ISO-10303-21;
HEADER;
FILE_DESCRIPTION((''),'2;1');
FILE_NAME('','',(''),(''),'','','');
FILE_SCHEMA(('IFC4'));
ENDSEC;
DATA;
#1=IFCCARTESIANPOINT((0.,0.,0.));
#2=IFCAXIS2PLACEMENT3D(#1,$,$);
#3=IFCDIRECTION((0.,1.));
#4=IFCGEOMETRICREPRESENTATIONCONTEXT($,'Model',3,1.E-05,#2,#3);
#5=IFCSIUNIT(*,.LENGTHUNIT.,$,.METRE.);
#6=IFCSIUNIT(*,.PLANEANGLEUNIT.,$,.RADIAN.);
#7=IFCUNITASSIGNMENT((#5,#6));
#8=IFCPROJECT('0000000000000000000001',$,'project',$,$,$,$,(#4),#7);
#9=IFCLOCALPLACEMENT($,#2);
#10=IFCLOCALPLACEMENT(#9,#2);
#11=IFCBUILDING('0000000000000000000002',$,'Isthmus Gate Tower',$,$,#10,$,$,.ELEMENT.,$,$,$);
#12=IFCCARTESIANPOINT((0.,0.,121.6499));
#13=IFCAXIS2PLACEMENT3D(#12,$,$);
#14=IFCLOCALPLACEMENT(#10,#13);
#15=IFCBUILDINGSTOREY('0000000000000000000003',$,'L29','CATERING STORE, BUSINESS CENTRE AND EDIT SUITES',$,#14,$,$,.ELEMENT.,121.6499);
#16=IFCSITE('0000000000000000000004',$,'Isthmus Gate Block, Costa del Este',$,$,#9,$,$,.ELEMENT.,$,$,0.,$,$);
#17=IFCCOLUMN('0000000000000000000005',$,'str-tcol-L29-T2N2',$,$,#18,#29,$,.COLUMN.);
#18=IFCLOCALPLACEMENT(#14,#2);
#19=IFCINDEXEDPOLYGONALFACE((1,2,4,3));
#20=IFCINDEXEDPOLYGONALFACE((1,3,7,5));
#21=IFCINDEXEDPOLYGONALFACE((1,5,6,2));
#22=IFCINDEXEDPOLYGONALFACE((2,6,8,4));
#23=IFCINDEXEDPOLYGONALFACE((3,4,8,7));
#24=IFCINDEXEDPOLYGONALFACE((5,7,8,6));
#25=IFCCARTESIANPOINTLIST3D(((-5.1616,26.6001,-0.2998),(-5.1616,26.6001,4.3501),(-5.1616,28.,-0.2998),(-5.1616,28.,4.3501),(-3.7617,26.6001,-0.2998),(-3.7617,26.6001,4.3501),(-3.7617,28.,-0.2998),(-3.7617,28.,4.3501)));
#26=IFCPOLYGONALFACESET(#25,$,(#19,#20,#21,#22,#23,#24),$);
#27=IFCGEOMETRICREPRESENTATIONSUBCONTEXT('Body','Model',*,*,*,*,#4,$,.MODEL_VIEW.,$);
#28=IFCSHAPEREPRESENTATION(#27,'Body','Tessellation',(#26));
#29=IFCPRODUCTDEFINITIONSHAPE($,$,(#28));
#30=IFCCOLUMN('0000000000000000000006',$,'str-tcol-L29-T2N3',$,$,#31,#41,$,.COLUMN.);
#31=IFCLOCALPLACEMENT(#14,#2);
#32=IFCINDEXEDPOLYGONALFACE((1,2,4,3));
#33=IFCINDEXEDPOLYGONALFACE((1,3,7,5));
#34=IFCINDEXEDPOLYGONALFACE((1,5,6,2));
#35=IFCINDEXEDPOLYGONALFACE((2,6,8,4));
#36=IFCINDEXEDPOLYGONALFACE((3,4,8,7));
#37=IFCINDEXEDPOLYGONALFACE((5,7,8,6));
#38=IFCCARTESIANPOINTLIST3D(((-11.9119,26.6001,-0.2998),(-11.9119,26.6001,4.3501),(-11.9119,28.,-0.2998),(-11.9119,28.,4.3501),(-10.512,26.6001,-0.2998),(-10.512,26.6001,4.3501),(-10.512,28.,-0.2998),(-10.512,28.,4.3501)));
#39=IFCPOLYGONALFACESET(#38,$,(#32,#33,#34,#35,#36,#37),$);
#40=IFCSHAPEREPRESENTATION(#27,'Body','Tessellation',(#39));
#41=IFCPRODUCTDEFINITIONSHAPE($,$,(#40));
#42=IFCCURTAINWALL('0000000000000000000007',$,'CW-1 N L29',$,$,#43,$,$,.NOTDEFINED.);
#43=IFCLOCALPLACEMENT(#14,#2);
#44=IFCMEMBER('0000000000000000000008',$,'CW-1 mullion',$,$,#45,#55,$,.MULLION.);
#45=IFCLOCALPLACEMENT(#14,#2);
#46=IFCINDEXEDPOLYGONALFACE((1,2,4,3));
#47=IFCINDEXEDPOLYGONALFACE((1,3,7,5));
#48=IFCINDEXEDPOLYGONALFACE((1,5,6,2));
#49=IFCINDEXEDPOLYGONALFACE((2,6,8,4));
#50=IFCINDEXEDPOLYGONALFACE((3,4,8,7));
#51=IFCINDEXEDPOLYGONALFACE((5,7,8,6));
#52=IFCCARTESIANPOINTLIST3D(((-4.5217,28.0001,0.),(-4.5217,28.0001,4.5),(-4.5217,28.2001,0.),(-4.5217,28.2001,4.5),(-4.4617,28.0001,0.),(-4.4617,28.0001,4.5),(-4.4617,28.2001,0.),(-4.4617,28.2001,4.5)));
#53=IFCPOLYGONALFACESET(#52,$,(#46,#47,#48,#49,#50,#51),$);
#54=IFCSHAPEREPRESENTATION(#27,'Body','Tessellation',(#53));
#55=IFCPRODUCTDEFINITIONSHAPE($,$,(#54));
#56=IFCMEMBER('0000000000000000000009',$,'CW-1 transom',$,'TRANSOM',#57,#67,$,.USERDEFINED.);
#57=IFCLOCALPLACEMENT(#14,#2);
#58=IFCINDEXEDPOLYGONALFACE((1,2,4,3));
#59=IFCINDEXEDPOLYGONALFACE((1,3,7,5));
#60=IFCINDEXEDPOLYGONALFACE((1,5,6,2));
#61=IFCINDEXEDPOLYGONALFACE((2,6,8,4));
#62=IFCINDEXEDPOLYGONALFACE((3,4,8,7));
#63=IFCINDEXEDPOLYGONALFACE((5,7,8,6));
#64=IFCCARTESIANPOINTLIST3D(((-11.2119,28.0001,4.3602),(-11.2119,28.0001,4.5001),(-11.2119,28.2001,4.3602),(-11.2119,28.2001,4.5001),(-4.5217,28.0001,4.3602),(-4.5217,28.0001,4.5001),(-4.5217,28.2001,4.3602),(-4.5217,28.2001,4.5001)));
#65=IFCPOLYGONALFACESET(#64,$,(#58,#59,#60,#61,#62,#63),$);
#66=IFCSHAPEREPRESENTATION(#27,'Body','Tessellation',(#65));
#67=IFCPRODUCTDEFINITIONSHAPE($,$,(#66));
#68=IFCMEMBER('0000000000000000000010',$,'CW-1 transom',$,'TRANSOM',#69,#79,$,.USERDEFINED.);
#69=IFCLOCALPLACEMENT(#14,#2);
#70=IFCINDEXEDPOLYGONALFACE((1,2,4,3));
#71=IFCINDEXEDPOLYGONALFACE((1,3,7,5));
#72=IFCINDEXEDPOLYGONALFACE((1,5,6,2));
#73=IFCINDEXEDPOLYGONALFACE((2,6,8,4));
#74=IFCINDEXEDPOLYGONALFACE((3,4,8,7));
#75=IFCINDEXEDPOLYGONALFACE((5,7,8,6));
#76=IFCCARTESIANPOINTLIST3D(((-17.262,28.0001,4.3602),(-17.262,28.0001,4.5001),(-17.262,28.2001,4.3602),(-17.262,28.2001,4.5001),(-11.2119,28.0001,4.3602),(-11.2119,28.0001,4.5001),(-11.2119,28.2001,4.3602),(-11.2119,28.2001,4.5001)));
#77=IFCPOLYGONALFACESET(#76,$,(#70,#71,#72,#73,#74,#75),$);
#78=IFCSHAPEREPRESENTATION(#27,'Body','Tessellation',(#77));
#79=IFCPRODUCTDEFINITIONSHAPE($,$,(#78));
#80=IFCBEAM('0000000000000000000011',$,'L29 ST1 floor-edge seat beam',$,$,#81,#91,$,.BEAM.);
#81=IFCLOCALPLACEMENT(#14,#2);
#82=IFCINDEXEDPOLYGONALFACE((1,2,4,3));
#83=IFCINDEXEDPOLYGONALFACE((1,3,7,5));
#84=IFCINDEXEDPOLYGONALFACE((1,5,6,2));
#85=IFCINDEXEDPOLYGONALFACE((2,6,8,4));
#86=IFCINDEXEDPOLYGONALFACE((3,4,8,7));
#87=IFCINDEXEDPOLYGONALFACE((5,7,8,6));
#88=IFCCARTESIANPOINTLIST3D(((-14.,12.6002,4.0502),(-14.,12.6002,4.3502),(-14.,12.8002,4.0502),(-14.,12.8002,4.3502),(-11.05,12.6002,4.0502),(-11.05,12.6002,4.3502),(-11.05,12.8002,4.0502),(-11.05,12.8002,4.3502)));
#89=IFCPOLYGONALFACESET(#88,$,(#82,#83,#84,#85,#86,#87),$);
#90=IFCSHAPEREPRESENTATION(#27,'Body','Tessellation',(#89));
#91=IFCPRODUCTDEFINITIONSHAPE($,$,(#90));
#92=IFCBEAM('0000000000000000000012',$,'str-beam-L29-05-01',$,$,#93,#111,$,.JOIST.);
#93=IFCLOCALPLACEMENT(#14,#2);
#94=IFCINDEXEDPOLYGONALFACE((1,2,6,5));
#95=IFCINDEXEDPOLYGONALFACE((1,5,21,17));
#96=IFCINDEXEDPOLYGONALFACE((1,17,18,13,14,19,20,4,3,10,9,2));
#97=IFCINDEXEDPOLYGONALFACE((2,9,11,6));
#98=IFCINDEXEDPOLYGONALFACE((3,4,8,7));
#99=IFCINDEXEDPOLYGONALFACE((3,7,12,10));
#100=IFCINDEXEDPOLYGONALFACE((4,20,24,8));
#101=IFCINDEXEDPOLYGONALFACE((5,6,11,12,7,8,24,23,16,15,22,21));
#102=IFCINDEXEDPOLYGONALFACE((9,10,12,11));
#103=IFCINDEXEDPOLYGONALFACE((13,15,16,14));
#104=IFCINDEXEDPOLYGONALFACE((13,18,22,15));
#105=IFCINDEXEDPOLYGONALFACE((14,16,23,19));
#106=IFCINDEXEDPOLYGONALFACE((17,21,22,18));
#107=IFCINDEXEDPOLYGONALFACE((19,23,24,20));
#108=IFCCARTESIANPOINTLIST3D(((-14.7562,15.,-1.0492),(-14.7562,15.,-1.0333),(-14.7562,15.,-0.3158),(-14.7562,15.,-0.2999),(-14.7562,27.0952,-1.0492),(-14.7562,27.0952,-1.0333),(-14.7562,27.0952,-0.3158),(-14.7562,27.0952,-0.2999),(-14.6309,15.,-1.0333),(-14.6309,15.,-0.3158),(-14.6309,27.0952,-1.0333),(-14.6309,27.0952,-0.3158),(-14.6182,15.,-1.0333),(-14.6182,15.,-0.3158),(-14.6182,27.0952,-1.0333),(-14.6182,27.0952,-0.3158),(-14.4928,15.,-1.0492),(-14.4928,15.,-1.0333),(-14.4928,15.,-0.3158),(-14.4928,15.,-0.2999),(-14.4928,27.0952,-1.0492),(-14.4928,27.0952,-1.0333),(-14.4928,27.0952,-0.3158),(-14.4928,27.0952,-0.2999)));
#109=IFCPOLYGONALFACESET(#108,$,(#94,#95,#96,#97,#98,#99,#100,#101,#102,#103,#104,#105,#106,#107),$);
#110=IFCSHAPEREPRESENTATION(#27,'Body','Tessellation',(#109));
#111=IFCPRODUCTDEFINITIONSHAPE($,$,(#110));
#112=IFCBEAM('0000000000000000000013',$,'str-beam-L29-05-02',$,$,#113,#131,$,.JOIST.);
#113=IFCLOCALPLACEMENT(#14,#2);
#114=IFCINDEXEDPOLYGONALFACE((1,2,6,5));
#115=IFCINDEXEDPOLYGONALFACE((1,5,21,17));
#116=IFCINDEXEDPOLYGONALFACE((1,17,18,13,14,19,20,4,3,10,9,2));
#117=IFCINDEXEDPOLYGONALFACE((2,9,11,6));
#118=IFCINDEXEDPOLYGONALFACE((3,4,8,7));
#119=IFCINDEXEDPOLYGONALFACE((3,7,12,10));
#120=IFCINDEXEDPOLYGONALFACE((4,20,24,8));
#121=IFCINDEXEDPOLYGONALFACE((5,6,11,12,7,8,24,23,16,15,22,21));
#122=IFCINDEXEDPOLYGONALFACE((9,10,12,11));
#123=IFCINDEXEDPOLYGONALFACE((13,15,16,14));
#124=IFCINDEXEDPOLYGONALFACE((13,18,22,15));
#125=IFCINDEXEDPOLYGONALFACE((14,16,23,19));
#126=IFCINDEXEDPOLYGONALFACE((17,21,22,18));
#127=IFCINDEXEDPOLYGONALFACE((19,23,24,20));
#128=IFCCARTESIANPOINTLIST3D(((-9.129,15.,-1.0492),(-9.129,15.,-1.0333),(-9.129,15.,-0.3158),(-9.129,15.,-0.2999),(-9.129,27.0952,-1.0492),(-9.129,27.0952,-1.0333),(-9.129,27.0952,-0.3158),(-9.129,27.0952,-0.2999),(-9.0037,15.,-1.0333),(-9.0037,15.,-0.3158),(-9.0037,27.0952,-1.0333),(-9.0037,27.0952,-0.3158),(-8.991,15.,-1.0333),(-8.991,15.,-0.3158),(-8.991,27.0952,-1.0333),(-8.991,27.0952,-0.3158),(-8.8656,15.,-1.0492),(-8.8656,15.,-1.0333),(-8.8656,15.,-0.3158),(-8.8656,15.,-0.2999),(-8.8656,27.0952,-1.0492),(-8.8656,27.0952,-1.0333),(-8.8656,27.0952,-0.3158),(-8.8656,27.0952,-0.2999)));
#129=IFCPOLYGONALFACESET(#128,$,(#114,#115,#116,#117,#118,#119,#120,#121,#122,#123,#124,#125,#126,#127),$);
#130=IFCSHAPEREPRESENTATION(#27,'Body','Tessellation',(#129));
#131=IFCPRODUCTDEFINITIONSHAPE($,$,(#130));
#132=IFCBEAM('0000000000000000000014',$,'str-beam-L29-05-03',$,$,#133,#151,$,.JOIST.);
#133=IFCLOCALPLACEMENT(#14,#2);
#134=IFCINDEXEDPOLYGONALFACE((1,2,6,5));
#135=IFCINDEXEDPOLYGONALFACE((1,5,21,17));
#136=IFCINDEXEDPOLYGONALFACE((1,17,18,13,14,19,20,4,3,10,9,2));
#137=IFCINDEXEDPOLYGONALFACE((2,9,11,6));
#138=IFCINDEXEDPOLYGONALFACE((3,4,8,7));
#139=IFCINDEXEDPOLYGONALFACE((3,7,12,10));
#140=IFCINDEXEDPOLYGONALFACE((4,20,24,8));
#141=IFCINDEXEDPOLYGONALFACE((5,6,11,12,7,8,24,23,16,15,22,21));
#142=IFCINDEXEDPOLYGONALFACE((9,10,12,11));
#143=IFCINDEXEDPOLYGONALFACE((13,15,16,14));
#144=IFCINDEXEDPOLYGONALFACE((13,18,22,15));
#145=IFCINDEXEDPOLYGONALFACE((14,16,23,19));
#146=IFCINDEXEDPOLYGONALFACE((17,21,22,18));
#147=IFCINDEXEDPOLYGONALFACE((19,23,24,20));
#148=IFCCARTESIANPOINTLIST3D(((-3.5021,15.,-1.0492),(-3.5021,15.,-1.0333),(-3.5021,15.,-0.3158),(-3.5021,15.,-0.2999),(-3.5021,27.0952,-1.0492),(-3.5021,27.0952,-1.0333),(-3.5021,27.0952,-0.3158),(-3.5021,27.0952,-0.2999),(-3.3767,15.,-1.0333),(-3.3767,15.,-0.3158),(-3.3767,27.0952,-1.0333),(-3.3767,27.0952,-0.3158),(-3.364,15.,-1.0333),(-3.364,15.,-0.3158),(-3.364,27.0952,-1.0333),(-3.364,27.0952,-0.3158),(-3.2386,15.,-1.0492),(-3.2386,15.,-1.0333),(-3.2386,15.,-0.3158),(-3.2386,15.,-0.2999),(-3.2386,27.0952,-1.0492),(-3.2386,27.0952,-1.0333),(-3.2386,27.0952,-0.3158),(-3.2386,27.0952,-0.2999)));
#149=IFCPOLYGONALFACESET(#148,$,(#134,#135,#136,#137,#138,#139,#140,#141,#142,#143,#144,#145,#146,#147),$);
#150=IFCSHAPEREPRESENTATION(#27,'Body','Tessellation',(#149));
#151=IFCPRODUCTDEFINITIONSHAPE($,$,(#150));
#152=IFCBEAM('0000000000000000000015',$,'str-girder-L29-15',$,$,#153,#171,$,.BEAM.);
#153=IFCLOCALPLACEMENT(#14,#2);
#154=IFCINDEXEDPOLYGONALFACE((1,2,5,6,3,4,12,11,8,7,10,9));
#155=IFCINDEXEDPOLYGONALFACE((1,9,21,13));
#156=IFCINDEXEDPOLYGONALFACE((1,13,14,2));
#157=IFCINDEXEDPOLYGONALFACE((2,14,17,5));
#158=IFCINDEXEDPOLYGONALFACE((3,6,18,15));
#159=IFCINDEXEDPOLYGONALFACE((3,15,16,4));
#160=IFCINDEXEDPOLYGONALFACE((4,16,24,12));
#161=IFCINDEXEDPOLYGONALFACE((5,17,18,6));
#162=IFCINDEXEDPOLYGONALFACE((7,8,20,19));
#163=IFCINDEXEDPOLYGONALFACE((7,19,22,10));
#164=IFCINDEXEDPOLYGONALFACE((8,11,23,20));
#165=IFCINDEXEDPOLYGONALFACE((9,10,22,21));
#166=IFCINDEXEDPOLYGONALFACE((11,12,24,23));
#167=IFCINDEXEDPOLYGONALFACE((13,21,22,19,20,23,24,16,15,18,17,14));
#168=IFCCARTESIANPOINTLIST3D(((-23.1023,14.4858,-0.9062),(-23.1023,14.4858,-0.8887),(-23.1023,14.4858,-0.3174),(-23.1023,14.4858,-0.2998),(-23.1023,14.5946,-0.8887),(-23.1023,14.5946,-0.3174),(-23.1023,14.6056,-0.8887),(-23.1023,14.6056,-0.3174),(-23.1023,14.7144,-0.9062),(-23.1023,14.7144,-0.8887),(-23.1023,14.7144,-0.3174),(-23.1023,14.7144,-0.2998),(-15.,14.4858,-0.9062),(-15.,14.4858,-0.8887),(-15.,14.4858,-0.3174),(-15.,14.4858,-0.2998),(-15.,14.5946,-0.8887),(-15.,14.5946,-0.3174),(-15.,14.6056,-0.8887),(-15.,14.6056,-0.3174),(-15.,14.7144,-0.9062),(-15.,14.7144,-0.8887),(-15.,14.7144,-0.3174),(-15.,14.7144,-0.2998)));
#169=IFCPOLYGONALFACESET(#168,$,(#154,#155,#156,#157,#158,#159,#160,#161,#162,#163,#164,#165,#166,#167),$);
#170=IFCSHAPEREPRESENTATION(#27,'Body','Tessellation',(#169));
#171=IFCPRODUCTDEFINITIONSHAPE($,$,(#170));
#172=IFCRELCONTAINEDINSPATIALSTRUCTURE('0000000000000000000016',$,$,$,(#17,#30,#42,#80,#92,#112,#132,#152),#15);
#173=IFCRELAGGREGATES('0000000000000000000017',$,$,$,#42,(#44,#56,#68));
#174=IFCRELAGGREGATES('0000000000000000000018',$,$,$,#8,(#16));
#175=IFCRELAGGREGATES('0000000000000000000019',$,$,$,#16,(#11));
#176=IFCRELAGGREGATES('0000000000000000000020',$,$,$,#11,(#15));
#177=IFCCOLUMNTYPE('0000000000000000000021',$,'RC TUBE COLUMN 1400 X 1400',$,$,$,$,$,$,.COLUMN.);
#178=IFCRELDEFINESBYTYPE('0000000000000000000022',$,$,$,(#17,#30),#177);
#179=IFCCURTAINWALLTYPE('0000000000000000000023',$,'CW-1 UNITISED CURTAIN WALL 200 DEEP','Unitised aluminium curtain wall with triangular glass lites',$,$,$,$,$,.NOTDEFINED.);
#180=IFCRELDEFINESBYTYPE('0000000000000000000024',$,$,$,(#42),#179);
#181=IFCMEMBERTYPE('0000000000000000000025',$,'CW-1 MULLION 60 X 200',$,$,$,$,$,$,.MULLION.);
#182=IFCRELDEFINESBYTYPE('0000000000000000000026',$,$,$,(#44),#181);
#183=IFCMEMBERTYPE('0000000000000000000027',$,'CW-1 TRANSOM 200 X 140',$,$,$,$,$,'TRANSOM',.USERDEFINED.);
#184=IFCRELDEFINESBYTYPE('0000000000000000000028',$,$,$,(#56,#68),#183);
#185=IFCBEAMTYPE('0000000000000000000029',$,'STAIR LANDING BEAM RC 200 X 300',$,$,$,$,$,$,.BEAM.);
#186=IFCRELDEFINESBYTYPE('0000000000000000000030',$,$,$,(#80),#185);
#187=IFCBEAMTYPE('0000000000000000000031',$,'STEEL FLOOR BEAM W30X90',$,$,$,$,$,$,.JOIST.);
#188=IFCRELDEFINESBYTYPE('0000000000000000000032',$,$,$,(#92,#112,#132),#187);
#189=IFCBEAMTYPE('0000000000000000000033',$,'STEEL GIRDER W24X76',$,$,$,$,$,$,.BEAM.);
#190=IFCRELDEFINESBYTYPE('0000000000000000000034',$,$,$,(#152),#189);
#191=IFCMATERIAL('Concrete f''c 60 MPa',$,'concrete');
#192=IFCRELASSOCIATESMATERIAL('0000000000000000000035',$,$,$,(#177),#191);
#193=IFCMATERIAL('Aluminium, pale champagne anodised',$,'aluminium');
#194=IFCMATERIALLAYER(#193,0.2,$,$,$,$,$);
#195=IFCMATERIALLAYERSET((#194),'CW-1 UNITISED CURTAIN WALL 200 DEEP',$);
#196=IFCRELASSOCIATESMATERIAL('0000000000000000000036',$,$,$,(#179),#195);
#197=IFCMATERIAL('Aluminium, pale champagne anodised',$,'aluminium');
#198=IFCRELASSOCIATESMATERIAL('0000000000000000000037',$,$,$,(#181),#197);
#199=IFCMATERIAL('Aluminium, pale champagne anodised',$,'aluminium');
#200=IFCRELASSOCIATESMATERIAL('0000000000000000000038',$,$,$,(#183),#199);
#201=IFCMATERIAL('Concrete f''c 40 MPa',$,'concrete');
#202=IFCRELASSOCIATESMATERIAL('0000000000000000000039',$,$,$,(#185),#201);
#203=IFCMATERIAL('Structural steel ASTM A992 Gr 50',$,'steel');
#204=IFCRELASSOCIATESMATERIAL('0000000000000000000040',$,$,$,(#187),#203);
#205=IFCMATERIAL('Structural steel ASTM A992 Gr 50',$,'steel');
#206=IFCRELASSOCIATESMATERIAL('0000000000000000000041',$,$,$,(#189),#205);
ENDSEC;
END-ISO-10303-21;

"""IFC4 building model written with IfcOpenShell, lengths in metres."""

from ifc_helpers import new_model, si_unit, direction, frame, origin, origin_2d, place, context, subcontext, project, spatial, rectangle, i_section, extrude, material, layer, layer_set, material_profile, profile_set, type_object, element, aggregate, save


model = new_model("IFC4")

# Units and contexts
model_context = context("Model", 3, precision=1e-05, world=origin(), true_north=direction((0.0, 1.0)))
body_context = subcontext(model_context, "Body", "Model", "MODEL_VIEW")
ifc_project = project(units=[si_unit("LENGTHUNIT", "METRE"), si_unit("PLANEANGLEUNIT", "RADIAN")], contexts=[model_context])

# Site, building, storey
site_placement = place(None, origin())
site = spatial("IfcSite", under=ifc_project, at=site_placement, Name="Isthmus Gate Block, Costa del Este", CompositionType="ELEMENT", RefElevation=0.0)
building_placement = place(site_placement, origin())
building = spatial("IfcBuilding", under=site, at=building_placement, Name="Isthmus Gate Tower", CompositionType="ELEMENT")
storey_placement = place(building_placement, frame((0.0, 0.0, 121.6499)))
storey = spatial("IfcBuildingStorey", under=building, at=storey_placement, Name="L29", Description="CATERING STORE, BUSINESS CENTRE AND EDIT SUITES", CompositionType="ELEMENT", Elevation=121.6499)

# Columns
ifc_material_1 = material(Name="Concrete f'c 60 MPa", Category="concrete")
ifc_material_profile_1 = material_profile(ifc_material_1, rectangle(XDim=1.3999, YDim=1.3999, at=origin_2d()), Name="RC 1400X1400")
ifc_profile_set_1 = profile_set([ifc_material_profile_1], Name="Concrete f'c 60 MPa")
column_type = type_object("IfcColumnType", Name="RC TUBE COLUMN 1400 X 1400", PredefinedType="COLUMN", material=ifc_profile_set_1)
for number, where, z_axis, x_axis, name in (
    (1, (-4.4617, 27.3, -0.2998), (0.0, 0.0, 1.0), (-1.0, 0.0, 0.0), "str-tcol-L29-T2N2"),
    (2, (-11.2119, 27.3, -0.2998), (0.0, 0.0, 1.0), (-1.0, 0.0, 0.0), "str-tcol-L29-T2N3"),
):
    element("IfcColumn", number, at=place(storey_placement, frame(where, z_axis=z_axis, x_axis=x_axis)), inside=storey, type_object=column_type, Name=name, PredefinedType="COLUMN", context=body_context, shape_type="SweptSolid", body=[
        extrude(rectangle(XDim=1.3999, YDim=1.3999, at=origin_2d()), origin(), (0.0, 0.0, 1.0), 4.6499),
    ])

# Curtain wall, members
ifc_material_2 = material(Name="Aluminium, pale champagne anodised", Category="aluminium")
ifc_layer_1 = layer(ifc_material_2, 0.2)
ifc_layer_set_1 = layer_set([ifc_layer_1], Name="CW-1 UNITISED CURTAIN WALL 200 DEEP")
curtain_wall_type = type_object("IfcCurtainWallType", Name="CW-1 UNITISED CURTAIN WALL 200 DEEP", Description="Unitised aluminium curtain wall with triangular glass lites", PredefinedType="NOTDEFINED", material=ifc_layer_set_1)
curtain_wall_placement = place(storey_placement, origin())
curtain_wall = element("IfcCurtainWall", 3, at=curtain_wall_placement, inside=storey, type_object=curtain_wall_type, Name="CW-1 N L29", PredefinedType="NOTDEFINED")
ifc_material_3 = material(Name="Aluminium, pale champagne anodised", Category="aluminium")
ifc_material_profile_2 = material_profile(ifc_material_3, rectangle(XDim=0.0601, YDim=0.2, at=origin_2d()), Name="60x200")
ifc_profile_set_2 = profile_set([ifc_material_profile_2], Name="Aluminium, pale champagne anodised")
member_type_1 = type_object("IfcMemberType", Name="CW-1 MULLION 60 X 200", PredefinedType="MULLION", material=ifc_profile_set_2)
member_1_placement = place(storey_placement, frame((-4.4917, 28.1001, 0.0), z_axis=(0.0, 0.0, 1.0), x_axis=(-1.0, 0.0, 0.0)))
member_1 = element("IfcMember", 4, at=member_1_placement, type_object=member_type_1, Name="CW-1 mullion", PredefinedType="MULLION", context=body_context, shape_type="SweptSolid", body=[
    extrude(rectangle(XDim=0.0601, YDim=0.2, at=origin_2d()), origin(), (0.0, 0.0, 1.0), 4.5),
])
ifc_material_4 = material(Name="Aluminium, pale champagne anodised", Category="aluminium")
ifc_material_profile_3 = material_profile(ifc_material_4, rectangle(XDim=0.2, YDim=0.1399, at=origin_2d()), Name="200x140")
ifc_profile_set_3 = profile_set([ifc_material_profile_3], Name="Aluminium, pale champagne anodised")
member_type_2 = type_object("IfcMemberType", Name="CW-1 TRANSOM 200 X 140", ElementType="TRANSOM", PredefinedType="USERDEFINED", material=ifc_profile_set_3)
member_2_placement = place(storey_placement, frame((-4.5217, 28.1001, 4.4302), z_axis=(-1.0, 0.0, 0.0), x_axis=(0.0, -1.0, 0.0)))
member_2 = element("IfcMember", 5, at=member_2_placement, type_object=member_type_2, Name="CW-1 transom", ObjectType="TRANSOM", PredefinedType="USERDEFINED", context=body_context, shape_type="SweptSolid", body=[
    extrude(rectangle(XDim=0.2, YDim=0.1399, at=origin_2d()), origin(), (0.0, 0.0, 1.0), 6.6902),
])
member_3_placement = place(storey_placement, frame((-11.2119, 28.1001, 4.4302), z_axis=(-1.0, 0.0, 0.0), x_axis=(0.0, -1.0, 0.0)))
member_3 = element("IfcMember", 6, at=member_3_placement, type_object=member_type_2, Name="CW-1 transom", ObjectType="TRANSOM", PredefinedType="USERDEFINED", context=body_context, shape_type="SweptSolid", body=[
    extrude(rectangle(XDim=0.2, YDim=0.1399, at=origin_2d()), origin(), (0.0, 0.0, 1.0), 6.05),
])

# Beams
ifc_material_5 = material(Name="Concrete f'c 40 MPa", Category="concrete")
ifc_material_profile_4 = material_profile(ifc_material_5, rectangle(XDim=0.2, YDim=0.3, at=origin_2d()), Name="STAIR LANDING BEAM RC 200 X 300")
ifc_profile_set_4 = profile_set([ifc_material_profile_4], Name="Concrete f'c 40 MPa")
beam_type_1 = type_object("IfcBeamType", Name="STAIR LANDING BEAM RC 200 X 300", PredefinedType="BEAM", material=ifc_profile_set_4)
beam_1_placement = place(storey_placement, frame((-14.0, 12.7002, 4.2002), z_axis=(1.0, 0.0, 0.0), x_axis=(0.0, 1.0, 0.0)))
element("IfcBeam", 7, at=beam_1_placement, inside=storey, type_object=beam_type_1, Name="L29 ST1 floor-edge seat beam", PredefinedType="BEAM", context=body_context, shape_type="SweptSolid", body=[
    extrude(rectangle(XDim=0.2, YDim=0.3, at=origin_2d()), origin(), (0.0, 0.0, 1.0), 2.95),
])
ifc_material_6 = material(Name="Structural steel ASTM A992 Gr 50", Category="steel")
ifc_material_profile_5 = material_profile(ifc_material_6, i_section(OverallWidth=0.2634, OverallDepth=0.7493, WebThickness=0.0127, FlangeThickness=0.0159, at=origin_2d()), Name="W30X90")
ifc_profile_set_5 = profile_set([ifc_material_profile_5], Name="Structural steel ASTM A992 Gr 50")
beam_type_2 = type_object("IfcBeamType", Name="STEEL FLOOR BEAM W30X90", PredefinedType="JOIST", material=ifc_profile_set_5)
for number, where, z_axis, x_axis, name in (
    (8, (-14.6245, 15.0, -0.6746), (0.0, 1.0, 0.0), (-1.0, 0.0, 0.0), "str-beam-L29-05-01"),
    (9, (-8.9973, 15.0, -0.6746), (0.0, 1.0, 0.0), (-1.0, 0.0, 0.0), "str-beam-L29-05-02"),
    (10, (-3.3704, 15.0, -0.6746), (0.0, 1.0, 0.0), (-1.0, 0.0, 0.0), "str-beam-L29-05-03"),
):
    element("IfcBeam", number, at=place(storey_placement, frame(where, z_axis=z_axis, x_axis=x_axis)), inside=storey, type_object=beam_type_2, Name=name, PredefinedType="JOIST", context=body_context, shape_type="SweptSolid", body=[
        extrude(i_section(OverallWidth=0.2634, OverallDepth=0.7493, WebThickness=0.0127, FlangeThickness=0.0159, at=origin_2d()), origin(), (0.0, 0.0, 1.0), 12.0952),
    ])
ifc_material_7 = material(Name="Structural steel ASTM A992 Gr 50", Category="steel")
ifc_material_profile_6 = material_profile(ifc_material_7, i_section(OverallWidth=0.2285, OverallDepth=0.6064, WebThickness=0.011, FlangeThickness=0.0176, at=origin_2d()), Name="W24X76")
ifc_profile_set_6 = profile_set([ifc_material_profile_6], Name="Structural steel ASTM A992 Gr 50")
beam_type_3 = type_object("IfcBeamType", Name="STEEL GIRDER W24X76", PredefinedType="BEAM", material=ifc_profile_set_6)
beam_2_placement = place(storey_placement, frame((-15.0, 14.6001, -0.603), z_axis=(-1.0, 0.0, 0.0), x_axis=(0.0, -1.0, 0.0)))
element("IfcBeam", 11, at=beam_2_placement, inside=storey, type_object=beam_type_3, Name="str-girder-L29-15", PredefinedType="BEAM", context=body_context, shape_type="SweptSolid", body=[
    extrude(i_section(OverallWidth=0.2285, OverallDepth=0.6064, WebThickness=0.011, FlangeThickness=0.0176, at=origin_2d()), origin(), (0.0, 0.0, 1.0), 8.1023),
])

aggregate(curtain_wall, [member_1, member_2, member_3])

save(model, "model.ifc")
